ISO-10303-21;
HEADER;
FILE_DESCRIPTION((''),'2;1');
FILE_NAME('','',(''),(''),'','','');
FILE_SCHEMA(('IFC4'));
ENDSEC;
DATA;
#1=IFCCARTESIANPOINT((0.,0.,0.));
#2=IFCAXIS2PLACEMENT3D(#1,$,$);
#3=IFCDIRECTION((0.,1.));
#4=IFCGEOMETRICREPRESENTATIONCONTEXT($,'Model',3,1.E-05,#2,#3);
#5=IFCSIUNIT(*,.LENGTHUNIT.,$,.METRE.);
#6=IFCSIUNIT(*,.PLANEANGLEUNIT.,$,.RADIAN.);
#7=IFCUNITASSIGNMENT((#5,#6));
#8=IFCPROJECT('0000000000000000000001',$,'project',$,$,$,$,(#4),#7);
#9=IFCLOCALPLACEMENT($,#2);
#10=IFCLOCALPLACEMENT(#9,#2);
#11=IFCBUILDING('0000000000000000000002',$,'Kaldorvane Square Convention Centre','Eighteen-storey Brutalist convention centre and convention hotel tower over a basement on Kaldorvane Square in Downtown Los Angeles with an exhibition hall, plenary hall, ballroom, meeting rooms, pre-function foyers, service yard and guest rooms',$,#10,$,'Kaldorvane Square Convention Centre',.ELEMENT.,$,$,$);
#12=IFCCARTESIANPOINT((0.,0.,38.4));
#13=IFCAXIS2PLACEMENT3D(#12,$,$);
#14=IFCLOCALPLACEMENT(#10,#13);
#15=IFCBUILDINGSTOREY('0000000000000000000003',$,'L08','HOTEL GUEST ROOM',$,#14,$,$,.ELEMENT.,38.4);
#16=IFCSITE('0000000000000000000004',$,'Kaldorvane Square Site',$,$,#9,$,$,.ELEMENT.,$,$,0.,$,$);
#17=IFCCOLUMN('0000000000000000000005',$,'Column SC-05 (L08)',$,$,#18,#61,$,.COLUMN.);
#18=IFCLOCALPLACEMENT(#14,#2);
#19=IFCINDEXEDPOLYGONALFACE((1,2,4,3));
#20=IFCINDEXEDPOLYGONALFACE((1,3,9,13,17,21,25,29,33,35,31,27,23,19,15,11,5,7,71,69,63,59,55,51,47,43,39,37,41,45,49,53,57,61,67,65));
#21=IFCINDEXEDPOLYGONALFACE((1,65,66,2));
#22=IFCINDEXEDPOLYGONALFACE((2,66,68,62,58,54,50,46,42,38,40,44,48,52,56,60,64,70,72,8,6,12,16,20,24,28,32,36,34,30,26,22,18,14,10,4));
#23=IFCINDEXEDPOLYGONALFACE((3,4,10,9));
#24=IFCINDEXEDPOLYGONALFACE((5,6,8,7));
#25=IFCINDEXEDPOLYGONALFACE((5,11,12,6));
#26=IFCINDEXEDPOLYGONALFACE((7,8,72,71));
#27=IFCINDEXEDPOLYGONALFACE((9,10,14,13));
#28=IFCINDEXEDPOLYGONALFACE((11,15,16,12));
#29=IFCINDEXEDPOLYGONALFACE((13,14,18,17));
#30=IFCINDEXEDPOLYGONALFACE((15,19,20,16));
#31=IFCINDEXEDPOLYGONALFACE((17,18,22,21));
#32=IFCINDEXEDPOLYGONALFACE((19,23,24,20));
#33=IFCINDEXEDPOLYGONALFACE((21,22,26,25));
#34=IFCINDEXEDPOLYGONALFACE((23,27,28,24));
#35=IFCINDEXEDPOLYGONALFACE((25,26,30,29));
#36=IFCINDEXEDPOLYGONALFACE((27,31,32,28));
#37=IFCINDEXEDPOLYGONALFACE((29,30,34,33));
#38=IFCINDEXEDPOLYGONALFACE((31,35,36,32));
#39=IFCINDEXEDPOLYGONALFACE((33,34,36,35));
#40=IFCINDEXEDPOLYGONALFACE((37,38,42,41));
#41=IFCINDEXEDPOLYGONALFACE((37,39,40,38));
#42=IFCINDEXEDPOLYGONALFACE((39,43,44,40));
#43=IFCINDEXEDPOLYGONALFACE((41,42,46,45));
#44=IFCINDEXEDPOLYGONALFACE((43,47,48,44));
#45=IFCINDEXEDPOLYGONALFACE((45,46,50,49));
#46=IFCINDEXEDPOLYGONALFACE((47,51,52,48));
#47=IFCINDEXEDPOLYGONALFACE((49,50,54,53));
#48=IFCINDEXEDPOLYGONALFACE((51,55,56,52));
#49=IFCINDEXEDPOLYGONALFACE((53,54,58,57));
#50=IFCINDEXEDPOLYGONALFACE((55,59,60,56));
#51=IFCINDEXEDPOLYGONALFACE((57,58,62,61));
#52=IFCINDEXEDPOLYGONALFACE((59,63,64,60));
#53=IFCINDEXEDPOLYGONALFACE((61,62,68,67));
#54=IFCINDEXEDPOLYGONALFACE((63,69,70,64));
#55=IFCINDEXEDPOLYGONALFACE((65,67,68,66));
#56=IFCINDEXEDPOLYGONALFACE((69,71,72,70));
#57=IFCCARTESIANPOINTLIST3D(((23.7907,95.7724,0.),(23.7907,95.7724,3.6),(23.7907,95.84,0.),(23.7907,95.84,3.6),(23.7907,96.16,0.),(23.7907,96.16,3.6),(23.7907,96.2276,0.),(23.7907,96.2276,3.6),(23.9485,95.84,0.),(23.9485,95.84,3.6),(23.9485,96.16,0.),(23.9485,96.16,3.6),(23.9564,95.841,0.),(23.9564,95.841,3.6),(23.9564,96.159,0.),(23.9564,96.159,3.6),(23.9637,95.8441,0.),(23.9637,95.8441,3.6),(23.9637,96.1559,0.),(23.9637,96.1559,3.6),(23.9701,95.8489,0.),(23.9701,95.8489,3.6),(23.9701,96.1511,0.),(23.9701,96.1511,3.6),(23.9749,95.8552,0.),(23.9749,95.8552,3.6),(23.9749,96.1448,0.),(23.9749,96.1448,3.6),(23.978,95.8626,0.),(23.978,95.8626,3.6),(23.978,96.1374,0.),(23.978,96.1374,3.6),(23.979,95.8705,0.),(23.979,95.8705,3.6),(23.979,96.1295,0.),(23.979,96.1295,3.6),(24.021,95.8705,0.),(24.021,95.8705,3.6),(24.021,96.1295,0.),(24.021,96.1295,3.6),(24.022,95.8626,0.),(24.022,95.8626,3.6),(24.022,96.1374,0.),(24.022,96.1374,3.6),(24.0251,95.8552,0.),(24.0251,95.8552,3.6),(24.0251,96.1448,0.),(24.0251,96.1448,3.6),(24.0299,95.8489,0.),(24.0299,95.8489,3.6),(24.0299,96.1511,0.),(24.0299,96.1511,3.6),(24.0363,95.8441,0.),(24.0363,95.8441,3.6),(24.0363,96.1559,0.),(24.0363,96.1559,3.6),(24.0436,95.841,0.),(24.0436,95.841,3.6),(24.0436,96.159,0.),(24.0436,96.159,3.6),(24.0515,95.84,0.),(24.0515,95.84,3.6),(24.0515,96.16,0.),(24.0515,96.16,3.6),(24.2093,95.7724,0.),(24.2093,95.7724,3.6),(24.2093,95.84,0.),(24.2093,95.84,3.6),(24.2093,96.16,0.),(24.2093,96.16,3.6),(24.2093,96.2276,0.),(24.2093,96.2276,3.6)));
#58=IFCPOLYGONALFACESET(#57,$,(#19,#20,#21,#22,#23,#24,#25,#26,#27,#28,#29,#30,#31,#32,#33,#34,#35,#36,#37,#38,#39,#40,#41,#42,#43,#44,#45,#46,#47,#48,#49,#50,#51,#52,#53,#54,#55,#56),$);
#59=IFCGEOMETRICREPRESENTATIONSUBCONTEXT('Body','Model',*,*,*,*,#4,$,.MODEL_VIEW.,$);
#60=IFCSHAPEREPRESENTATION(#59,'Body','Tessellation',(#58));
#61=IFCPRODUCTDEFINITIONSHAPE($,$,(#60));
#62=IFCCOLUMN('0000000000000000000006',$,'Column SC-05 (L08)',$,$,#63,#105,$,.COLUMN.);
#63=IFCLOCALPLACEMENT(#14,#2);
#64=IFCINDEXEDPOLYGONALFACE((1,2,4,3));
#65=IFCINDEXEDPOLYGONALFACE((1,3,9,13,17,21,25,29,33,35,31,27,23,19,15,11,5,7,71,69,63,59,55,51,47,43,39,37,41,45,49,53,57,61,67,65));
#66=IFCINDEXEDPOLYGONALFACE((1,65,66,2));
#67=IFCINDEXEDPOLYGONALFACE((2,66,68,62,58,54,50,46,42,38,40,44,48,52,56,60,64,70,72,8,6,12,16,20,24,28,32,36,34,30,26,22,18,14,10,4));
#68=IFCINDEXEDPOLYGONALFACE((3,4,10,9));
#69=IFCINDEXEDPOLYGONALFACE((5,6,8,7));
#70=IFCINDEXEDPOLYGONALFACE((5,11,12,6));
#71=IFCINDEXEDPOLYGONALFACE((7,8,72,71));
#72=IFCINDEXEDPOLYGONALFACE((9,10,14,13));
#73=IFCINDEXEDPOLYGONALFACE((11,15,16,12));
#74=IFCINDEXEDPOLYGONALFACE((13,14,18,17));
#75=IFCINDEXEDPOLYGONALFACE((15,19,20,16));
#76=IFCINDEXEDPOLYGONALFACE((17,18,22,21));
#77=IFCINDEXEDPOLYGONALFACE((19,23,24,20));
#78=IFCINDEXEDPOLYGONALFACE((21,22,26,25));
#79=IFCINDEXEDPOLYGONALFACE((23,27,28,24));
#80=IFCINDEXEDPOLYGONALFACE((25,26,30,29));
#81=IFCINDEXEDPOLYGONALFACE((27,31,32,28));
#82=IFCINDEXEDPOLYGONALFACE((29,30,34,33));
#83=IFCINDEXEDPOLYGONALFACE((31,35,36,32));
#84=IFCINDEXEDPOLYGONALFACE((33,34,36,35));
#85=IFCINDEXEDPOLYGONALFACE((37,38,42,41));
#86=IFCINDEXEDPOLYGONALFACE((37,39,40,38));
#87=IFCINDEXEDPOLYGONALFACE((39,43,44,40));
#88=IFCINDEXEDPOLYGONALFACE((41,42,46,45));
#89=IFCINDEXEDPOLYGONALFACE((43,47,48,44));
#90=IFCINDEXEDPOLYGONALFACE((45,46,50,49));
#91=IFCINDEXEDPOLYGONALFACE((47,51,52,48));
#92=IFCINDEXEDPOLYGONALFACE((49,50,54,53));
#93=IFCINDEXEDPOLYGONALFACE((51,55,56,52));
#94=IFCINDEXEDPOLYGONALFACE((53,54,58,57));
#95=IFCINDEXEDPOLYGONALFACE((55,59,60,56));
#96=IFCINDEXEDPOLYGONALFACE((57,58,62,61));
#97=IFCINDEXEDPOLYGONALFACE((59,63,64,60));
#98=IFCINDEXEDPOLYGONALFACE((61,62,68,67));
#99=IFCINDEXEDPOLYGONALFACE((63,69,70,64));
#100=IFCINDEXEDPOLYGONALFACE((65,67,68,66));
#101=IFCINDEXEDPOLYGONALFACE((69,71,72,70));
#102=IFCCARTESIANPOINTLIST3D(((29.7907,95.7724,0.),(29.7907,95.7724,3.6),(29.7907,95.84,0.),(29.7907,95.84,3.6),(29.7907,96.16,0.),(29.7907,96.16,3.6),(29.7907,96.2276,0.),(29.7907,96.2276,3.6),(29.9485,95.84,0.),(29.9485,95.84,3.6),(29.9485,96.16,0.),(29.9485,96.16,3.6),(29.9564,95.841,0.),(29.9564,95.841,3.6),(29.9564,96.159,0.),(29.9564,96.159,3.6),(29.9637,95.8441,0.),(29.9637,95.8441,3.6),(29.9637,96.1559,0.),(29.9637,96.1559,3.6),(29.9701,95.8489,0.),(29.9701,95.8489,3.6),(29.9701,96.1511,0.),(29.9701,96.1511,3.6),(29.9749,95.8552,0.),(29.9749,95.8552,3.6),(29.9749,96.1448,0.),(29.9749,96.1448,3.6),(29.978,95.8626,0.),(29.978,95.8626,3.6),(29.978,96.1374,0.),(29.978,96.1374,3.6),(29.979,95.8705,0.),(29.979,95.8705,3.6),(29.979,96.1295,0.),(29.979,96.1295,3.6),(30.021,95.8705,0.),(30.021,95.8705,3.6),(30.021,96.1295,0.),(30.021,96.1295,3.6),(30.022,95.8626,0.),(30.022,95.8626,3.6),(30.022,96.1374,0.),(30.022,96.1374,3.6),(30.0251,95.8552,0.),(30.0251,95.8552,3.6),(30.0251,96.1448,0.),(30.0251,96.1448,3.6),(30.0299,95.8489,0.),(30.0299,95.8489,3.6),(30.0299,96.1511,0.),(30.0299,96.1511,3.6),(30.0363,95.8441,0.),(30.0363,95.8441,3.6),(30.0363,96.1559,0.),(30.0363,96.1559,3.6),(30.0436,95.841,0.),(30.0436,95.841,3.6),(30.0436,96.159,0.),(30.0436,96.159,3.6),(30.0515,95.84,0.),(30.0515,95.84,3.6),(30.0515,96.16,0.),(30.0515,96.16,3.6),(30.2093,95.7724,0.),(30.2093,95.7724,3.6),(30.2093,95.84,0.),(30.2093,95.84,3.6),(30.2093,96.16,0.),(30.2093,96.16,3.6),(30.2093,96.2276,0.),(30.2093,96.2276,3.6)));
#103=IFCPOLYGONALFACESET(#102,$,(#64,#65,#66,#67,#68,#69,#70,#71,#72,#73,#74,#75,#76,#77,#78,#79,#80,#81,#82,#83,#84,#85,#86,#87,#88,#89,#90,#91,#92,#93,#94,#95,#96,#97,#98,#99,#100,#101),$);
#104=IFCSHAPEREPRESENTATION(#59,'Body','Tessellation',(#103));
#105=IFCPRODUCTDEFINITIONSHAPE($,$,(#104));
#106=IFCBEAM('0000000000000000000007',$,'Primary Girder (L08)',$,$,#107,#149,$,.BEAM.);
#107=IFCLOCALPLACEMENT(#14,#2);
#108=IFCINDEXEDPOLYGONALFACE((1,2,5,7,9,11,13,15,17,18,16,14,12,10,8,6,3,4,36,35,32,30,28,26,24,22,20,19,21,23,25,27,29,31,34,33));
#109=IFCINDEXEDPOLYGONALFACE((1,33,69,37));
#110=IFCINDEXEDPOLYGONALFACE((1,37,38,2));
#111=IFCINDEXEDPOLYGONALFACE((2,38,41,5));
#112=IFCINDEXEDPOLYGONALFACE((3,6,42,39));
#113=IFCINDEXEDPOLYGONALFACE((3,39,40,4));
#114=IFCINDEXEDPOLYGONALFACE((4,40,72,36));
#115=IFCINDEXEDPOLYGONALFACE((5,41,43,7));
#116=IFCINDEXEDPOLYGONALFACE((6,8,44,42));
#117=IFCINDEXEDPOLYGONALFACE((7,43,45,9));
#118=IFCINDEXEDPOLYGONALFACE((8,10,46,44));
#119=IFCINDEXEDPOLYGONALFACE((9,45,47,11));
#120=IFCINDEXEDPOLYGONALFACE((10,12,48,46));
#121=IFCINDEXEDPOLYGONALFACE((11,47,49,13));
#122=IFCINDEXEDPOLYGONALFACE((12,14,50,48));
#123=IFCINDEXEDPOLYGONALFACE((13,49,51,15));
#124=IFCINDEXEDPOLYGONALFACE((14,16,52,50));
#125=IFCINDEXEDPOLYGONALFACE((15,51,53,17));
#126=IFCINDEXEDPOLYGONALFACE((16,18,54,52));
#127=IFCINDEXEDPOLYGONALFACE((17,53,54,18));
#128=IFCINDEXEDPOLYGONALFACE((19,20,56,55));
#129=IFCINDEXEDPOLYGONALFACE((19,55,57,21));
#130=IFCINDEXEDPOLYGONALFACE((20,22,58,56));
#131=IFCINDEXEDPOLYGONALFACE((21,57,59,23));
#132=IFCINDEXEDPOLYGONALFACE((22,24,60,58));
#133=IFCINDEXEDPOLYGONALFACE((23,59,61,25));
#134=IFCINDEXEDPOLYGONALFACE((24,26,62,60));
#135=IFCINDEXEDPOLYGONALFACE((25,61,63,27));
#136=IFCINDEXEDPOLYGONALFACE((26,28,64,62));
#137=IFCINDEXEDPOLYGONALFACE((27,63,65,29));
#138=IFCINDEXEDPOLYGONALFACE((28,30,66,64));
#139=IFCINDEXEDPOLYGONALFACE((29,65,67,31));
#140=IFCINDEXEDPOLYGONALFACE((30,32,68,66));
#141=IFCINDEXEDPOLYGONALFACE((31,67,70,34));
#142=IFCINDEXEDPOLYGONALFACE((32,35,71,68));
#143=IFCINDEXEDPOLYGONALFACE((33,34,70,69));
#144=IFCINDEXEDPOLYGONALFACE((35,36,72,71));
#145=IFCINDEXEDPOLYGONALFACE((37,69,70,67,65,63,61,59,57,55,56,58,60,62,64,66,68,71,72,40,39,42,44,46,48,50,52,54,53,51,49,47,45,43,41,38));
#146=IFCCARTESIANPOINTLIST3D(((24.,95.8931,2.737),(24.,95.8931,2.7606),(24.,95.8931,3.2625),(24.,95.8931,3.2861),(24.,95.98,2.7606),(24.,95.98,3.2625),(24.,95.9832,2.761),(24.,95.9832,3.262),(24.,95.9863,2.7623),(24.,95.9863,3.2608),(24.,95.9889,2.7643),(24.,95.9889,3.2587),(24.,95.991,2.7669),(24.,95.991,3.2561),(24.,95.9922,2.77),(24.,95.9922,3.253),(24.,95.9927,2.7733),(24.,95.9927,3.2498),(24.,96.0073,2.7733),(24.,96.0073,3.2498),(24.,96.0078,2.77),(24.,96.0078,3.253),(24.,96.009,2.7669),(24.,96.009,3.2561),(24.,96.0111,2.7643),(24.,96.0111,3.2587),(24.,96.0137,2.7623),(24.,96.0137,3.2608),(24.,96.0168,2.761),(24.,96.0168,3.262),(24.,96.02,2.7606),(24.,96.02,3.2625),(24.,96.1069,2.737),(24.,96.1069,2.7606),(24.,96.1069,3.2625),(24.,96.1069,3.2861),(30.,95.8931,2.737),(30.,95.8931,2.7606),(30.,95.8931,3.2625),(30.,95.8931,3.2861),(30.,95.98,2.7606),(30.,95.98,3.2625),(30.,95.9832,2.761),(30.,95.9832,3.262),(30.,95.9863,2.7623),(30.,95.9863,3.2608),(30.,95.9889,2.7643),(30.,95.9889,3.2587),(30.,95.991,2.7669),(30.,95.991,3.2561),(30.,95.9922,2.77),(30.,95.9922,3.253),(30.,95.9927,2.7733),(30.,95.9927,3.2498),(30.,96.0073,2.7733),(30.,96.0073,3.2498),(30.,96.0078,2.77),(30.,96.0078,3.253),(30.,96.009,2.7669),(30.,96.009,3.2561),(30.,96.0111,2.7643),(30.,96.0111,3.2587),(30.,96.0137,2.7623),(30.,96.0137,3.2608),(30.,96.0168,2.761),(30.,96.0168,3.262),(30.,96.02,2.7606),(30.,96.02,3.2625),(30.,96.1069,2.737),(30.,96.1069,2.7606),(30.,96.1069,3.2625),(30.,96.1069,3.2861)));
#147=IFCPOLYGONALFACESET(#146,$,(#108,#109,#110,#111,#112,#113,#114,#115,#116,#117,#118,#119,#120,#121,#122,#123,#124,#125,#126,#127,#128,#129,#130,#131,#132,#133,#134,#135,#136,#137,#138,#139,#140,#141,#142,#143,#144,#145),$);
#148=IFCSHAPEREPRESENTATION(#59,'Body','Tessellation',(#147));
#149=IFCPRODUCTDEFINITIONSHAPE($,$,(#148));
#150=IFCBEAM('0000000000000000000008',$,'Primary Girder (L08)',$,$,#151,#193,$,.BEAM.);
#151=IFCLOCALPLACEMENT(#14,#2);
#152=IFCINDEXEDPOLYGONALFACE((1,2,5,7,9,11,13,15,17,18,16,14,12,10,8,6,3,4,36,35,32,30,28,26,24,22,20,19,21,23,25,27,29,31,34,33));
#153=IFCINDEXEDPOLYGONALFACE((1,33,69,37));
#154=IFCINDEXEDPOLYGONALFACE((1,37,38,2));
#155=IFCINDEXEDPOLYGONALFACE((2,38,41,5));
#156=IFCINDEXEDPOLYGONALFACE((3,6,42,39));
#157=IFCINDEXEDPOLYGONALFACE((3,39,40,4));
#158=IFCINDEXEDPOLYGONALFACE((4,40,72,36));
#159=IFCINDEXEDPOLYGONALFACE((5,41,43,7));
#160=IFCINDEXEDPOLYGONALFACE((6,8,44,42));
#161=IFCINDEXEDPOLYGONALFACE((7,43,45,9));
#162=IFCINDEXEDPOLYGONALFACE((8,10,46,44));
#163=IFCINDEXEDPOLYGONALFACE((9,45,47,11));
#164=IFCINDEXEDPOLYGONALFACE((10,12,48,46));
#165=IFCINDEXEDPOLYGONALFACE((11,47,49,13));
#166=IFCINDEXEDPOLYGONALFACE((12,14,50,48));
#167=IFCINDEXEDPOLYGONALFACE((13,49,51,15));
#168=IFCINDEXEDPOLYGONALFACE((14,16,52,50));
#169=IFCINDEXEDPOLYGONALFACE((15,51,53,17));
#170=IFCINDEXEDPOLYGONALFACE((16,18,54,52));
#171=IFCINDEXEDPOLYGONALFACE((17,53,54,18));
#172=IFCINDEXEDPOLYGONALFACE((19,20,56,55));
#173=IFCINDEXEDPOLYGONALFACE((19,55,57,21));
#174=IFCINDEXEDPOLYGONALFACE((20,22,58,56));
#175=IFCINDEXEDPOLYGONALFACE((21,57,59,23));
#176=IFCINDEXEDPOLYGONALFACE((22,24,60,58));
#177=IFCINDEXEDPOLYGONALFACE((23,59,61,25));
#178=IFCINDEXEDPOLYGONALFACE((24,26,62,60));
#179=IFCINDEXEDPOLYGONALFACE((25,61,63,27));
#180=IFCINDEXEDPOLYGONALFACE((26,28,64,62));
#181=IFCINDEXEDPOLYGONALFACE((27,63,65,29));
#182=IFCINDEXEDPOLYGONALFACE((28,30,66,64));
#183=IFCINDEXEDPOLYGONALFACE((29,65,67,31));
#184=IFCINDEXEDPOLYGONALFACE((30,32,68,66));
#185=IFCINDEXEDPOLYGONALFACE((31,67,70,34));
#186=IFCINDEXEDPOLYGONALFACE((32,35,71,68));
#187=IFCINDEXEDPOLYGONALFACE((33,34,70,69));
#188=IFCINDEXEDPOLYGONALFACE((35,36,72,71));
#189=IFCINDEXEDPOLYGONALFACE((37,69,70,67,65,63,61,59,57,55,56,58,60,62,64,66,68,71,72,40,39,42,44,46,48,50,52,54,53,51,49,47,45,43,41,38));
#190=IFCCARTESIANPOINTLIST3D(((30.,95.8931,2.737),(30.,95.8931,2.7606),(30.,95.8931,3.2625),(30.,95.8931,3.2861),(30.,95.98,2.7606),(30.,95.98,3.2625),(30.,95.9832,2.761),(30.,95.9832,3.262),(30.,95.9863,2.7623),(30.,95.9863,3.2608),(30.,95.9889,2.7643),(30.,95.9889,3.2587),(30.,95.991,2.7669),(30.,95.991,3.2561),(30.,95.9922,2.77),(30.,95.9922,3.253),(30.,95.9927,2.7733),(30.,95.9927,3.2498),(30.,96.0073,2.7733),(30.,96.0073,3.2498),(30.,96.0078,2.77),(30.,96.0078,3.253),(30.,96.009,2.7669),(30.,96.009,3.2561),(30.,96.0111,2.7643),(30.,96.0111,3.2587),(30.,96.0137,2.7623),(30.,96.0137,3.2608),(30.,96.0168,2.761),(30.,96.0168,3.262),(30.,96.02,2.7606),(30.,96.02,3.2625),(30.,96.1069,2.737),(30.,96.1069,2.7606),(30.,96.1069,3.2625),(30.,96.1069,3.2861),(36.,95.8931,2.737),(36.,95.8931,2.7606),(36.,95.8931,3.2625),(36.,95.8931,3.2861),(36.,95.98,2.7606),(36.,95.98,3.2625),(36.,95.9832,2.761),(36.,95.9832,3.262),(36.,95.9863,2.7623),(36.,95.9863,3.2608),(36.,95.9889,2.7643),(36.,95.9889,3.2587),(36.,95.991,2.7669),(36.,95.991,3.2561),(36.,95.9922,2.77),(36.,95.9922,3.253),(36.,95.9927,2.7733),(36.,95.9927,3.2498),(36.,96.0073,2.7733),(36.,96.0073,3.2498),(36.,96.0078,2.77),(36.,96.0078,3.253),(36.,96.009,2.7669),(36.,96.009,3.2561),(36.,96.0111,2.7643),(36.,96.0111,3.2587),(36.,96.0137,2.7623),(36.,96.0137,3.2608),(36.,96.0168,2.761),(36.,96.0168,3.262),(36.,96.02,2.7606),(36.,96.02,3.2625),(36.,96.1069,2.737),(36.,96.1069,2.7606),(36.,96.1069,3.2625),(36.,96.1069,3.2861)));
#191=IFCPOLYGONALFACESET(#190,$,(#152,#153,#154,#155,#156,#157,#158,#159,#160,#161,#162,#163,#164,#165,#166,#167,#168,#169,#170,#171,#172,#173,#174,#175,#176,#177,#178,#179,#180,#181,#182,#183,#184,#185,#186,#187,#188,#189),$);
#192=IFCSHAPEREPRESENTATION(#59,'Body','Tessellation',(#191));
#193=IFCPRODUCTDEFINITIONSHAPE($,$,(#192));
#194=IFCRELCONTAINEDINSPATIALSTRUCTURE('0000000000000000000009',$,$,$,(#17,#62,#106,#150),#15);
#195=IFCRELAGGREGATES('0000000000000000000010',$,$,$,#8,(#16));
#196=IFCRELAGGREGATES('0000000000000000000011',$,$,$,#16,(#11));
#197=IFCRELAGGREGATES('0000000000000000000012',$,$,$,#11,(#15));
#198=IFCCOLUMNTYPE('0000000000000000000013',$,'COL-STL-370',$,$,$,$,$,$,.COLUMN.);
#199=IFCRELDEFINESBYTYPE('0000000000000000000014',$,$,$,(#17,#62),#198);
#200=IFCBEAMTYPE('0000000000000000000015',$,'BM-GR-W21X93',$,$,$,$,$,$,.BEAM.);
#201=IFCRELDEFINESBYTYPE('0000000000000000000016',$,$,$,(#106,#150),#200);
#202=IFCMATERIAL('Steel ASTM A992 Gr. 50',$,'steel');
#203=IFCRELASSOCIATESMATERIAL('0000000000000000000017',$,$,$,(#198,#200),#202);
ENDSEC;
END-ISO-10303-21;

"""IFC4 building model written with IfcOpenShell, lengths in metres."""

from ifc_helpers import new_model, si_unit, direction, frame, origin, origin_2d, place, context, subcontext, project, spatial, i_section, extrude, material, material_profile, profile_set, type_object, element, save


model = new_model("IFC4")

# Units and contexts
model_context = context("Model", 3, precision=1e-05, world=origin(), true_north=direction((0.0, 1.0)))
body_context = subcontext(model_context, "Body", "Model", "MODEL_VIEW")
ifc_project = project(units=[si_unit("LENGTHUNIT", "METRE"), si_unit("PLANEANGLEUNIT", "RADIAN")], contexts=[model_context])

# Site, building, storey
site_placement = place(None, origin())
site = spatial("IfcSite", under=ifc_project, at=site_placement, Name="Kaldorvane Square Site", CompositionType="ELEMENT", RefElevation=0.0)
building_placement = place(site_placement, origin())
building = spatial("IfcBuilding", under=site, at=building_placement, Name="Kaldorvane Square Convention Centre", Description="Eighteen-storey Brutalist convention centre and convention hotel tower over a basement on Kaldorvane Square in Downtown Los Angeles with an exhibition hall, plenary hall, ballroom, meeting rooms, pre-function foyers, service yard and guest rooms", LongName="Kaldorvane Square Convention Centre", CompositionType="ELEMENT")
storey_placement = place(building_placement, frame((0.0, 0.0, 38.4)))
storey = spatial("IfcBuildingStorey", under=building, at=storey_placement, Name="L08", Description="HOTEL GUEST ROOM", CompositionType="ELEMENT", Elevation=38.4)

# Columns
ifc_material_1 = material(Name="Steel ASTM A992 Gr. 50", Category="steel")
ifc_material_profile_1 = material_profile(ifc_material_1, i_section(OverallWidth=0.4185, OverallDepth=0.4552, WebThickness=0.042, FlangeThickness=0.0676, FilletRadius=0.0305, at=origin_2d()), Name="W14X370")
ifc_profile_set_1 = profile_set([ifc_material_profile_1], Name="Steel ASTM A992 Gr. 50")
column_type = type_object("IfcColumnType", Name="COL-STL-370", PredefinedType="COLUMN", material=ifc_profile_set_1)
for number, where, z_axis, x_axis, name in (
    (1, (24.0, 96.0, 0.0), (0.0, 0.0, 1.0), (1.0, 0.0, 0.0), "Column SC-05 (L08)"),
    (2, (30.0, 96.0, 0.0), (0.0, 0.0, 1.0), (1.0, 0.0, 0.0), "Column SC-05 (L08)"),
):
    element("IfcColumn", number, at=place(storey_placement, frame(where, z_axis=z_axis, x_axis=x_axis)), inside=storey, type_object=column_type, Name=name, PredefinedType="COLUMN", context=body_context, shape_type="SweptSolid", body=[
        extrude(i_section(OverallWidth=0.4185, OverallDepth=0.4552, WebThickness=0.042, FlangeThickness=0.0676, FilletRadius=0.0305, at=origin_2d()), origin(), (0.0, 0.0, 1.0), 3.6),
    ])

# Beams
ifc_material_profile_2 = material_profile(ifc_material_1, i_section(OverallWidth=0.2139, OverallDepth=0.5491, WebThickness=0.0147, FlangeThickness=0.0236, FilletRadius=0.0127, at=origin_2d()), Name="W21X93")
ifc_profile_set_2 = profile_set([ifc_material_profile_2], Name="Steel ASTM A992 Gr. 50")
beam_type_1 = type_object("IfcBeamType", Name="BM-GR-W21X93", PredefinedType="BEAM", material=ifc_profile_set_2)
for number, where, z_axis, x_axis, name in (
    (3, (24.0, 96.0, 3.0115), (1.0, 0.0, 0.0), (0.0, 1.0, 0.0), "Primary Girder (L08)"),
    (4, (30.0, 96.0, 3.0115), (1.0, 0.0, 0.0), (0.0, 1.0, 0.0), "Primary Girder (L08)"),
):
    element("IfcBeam", number, at=place(storey_placement, frame(where, z_axis=z_axis, x_axis=x_axis)), inside=storey, type_object=beam_type_1, Name=name, PredefinedType="BEAM", context=body_context, shape_type="SweptSolid", body=[
        extrude(i_section(OverallWidth=0.2139, OverallDepth=0.5491, WebThickness=0.0147, FlangeThickness=0.0236, FilletRadius=0.0127, at=origin_2d()), origin(), (0.0, 0.0, 1.0), 6.0),
    ])

save(model, "model.ifc")
